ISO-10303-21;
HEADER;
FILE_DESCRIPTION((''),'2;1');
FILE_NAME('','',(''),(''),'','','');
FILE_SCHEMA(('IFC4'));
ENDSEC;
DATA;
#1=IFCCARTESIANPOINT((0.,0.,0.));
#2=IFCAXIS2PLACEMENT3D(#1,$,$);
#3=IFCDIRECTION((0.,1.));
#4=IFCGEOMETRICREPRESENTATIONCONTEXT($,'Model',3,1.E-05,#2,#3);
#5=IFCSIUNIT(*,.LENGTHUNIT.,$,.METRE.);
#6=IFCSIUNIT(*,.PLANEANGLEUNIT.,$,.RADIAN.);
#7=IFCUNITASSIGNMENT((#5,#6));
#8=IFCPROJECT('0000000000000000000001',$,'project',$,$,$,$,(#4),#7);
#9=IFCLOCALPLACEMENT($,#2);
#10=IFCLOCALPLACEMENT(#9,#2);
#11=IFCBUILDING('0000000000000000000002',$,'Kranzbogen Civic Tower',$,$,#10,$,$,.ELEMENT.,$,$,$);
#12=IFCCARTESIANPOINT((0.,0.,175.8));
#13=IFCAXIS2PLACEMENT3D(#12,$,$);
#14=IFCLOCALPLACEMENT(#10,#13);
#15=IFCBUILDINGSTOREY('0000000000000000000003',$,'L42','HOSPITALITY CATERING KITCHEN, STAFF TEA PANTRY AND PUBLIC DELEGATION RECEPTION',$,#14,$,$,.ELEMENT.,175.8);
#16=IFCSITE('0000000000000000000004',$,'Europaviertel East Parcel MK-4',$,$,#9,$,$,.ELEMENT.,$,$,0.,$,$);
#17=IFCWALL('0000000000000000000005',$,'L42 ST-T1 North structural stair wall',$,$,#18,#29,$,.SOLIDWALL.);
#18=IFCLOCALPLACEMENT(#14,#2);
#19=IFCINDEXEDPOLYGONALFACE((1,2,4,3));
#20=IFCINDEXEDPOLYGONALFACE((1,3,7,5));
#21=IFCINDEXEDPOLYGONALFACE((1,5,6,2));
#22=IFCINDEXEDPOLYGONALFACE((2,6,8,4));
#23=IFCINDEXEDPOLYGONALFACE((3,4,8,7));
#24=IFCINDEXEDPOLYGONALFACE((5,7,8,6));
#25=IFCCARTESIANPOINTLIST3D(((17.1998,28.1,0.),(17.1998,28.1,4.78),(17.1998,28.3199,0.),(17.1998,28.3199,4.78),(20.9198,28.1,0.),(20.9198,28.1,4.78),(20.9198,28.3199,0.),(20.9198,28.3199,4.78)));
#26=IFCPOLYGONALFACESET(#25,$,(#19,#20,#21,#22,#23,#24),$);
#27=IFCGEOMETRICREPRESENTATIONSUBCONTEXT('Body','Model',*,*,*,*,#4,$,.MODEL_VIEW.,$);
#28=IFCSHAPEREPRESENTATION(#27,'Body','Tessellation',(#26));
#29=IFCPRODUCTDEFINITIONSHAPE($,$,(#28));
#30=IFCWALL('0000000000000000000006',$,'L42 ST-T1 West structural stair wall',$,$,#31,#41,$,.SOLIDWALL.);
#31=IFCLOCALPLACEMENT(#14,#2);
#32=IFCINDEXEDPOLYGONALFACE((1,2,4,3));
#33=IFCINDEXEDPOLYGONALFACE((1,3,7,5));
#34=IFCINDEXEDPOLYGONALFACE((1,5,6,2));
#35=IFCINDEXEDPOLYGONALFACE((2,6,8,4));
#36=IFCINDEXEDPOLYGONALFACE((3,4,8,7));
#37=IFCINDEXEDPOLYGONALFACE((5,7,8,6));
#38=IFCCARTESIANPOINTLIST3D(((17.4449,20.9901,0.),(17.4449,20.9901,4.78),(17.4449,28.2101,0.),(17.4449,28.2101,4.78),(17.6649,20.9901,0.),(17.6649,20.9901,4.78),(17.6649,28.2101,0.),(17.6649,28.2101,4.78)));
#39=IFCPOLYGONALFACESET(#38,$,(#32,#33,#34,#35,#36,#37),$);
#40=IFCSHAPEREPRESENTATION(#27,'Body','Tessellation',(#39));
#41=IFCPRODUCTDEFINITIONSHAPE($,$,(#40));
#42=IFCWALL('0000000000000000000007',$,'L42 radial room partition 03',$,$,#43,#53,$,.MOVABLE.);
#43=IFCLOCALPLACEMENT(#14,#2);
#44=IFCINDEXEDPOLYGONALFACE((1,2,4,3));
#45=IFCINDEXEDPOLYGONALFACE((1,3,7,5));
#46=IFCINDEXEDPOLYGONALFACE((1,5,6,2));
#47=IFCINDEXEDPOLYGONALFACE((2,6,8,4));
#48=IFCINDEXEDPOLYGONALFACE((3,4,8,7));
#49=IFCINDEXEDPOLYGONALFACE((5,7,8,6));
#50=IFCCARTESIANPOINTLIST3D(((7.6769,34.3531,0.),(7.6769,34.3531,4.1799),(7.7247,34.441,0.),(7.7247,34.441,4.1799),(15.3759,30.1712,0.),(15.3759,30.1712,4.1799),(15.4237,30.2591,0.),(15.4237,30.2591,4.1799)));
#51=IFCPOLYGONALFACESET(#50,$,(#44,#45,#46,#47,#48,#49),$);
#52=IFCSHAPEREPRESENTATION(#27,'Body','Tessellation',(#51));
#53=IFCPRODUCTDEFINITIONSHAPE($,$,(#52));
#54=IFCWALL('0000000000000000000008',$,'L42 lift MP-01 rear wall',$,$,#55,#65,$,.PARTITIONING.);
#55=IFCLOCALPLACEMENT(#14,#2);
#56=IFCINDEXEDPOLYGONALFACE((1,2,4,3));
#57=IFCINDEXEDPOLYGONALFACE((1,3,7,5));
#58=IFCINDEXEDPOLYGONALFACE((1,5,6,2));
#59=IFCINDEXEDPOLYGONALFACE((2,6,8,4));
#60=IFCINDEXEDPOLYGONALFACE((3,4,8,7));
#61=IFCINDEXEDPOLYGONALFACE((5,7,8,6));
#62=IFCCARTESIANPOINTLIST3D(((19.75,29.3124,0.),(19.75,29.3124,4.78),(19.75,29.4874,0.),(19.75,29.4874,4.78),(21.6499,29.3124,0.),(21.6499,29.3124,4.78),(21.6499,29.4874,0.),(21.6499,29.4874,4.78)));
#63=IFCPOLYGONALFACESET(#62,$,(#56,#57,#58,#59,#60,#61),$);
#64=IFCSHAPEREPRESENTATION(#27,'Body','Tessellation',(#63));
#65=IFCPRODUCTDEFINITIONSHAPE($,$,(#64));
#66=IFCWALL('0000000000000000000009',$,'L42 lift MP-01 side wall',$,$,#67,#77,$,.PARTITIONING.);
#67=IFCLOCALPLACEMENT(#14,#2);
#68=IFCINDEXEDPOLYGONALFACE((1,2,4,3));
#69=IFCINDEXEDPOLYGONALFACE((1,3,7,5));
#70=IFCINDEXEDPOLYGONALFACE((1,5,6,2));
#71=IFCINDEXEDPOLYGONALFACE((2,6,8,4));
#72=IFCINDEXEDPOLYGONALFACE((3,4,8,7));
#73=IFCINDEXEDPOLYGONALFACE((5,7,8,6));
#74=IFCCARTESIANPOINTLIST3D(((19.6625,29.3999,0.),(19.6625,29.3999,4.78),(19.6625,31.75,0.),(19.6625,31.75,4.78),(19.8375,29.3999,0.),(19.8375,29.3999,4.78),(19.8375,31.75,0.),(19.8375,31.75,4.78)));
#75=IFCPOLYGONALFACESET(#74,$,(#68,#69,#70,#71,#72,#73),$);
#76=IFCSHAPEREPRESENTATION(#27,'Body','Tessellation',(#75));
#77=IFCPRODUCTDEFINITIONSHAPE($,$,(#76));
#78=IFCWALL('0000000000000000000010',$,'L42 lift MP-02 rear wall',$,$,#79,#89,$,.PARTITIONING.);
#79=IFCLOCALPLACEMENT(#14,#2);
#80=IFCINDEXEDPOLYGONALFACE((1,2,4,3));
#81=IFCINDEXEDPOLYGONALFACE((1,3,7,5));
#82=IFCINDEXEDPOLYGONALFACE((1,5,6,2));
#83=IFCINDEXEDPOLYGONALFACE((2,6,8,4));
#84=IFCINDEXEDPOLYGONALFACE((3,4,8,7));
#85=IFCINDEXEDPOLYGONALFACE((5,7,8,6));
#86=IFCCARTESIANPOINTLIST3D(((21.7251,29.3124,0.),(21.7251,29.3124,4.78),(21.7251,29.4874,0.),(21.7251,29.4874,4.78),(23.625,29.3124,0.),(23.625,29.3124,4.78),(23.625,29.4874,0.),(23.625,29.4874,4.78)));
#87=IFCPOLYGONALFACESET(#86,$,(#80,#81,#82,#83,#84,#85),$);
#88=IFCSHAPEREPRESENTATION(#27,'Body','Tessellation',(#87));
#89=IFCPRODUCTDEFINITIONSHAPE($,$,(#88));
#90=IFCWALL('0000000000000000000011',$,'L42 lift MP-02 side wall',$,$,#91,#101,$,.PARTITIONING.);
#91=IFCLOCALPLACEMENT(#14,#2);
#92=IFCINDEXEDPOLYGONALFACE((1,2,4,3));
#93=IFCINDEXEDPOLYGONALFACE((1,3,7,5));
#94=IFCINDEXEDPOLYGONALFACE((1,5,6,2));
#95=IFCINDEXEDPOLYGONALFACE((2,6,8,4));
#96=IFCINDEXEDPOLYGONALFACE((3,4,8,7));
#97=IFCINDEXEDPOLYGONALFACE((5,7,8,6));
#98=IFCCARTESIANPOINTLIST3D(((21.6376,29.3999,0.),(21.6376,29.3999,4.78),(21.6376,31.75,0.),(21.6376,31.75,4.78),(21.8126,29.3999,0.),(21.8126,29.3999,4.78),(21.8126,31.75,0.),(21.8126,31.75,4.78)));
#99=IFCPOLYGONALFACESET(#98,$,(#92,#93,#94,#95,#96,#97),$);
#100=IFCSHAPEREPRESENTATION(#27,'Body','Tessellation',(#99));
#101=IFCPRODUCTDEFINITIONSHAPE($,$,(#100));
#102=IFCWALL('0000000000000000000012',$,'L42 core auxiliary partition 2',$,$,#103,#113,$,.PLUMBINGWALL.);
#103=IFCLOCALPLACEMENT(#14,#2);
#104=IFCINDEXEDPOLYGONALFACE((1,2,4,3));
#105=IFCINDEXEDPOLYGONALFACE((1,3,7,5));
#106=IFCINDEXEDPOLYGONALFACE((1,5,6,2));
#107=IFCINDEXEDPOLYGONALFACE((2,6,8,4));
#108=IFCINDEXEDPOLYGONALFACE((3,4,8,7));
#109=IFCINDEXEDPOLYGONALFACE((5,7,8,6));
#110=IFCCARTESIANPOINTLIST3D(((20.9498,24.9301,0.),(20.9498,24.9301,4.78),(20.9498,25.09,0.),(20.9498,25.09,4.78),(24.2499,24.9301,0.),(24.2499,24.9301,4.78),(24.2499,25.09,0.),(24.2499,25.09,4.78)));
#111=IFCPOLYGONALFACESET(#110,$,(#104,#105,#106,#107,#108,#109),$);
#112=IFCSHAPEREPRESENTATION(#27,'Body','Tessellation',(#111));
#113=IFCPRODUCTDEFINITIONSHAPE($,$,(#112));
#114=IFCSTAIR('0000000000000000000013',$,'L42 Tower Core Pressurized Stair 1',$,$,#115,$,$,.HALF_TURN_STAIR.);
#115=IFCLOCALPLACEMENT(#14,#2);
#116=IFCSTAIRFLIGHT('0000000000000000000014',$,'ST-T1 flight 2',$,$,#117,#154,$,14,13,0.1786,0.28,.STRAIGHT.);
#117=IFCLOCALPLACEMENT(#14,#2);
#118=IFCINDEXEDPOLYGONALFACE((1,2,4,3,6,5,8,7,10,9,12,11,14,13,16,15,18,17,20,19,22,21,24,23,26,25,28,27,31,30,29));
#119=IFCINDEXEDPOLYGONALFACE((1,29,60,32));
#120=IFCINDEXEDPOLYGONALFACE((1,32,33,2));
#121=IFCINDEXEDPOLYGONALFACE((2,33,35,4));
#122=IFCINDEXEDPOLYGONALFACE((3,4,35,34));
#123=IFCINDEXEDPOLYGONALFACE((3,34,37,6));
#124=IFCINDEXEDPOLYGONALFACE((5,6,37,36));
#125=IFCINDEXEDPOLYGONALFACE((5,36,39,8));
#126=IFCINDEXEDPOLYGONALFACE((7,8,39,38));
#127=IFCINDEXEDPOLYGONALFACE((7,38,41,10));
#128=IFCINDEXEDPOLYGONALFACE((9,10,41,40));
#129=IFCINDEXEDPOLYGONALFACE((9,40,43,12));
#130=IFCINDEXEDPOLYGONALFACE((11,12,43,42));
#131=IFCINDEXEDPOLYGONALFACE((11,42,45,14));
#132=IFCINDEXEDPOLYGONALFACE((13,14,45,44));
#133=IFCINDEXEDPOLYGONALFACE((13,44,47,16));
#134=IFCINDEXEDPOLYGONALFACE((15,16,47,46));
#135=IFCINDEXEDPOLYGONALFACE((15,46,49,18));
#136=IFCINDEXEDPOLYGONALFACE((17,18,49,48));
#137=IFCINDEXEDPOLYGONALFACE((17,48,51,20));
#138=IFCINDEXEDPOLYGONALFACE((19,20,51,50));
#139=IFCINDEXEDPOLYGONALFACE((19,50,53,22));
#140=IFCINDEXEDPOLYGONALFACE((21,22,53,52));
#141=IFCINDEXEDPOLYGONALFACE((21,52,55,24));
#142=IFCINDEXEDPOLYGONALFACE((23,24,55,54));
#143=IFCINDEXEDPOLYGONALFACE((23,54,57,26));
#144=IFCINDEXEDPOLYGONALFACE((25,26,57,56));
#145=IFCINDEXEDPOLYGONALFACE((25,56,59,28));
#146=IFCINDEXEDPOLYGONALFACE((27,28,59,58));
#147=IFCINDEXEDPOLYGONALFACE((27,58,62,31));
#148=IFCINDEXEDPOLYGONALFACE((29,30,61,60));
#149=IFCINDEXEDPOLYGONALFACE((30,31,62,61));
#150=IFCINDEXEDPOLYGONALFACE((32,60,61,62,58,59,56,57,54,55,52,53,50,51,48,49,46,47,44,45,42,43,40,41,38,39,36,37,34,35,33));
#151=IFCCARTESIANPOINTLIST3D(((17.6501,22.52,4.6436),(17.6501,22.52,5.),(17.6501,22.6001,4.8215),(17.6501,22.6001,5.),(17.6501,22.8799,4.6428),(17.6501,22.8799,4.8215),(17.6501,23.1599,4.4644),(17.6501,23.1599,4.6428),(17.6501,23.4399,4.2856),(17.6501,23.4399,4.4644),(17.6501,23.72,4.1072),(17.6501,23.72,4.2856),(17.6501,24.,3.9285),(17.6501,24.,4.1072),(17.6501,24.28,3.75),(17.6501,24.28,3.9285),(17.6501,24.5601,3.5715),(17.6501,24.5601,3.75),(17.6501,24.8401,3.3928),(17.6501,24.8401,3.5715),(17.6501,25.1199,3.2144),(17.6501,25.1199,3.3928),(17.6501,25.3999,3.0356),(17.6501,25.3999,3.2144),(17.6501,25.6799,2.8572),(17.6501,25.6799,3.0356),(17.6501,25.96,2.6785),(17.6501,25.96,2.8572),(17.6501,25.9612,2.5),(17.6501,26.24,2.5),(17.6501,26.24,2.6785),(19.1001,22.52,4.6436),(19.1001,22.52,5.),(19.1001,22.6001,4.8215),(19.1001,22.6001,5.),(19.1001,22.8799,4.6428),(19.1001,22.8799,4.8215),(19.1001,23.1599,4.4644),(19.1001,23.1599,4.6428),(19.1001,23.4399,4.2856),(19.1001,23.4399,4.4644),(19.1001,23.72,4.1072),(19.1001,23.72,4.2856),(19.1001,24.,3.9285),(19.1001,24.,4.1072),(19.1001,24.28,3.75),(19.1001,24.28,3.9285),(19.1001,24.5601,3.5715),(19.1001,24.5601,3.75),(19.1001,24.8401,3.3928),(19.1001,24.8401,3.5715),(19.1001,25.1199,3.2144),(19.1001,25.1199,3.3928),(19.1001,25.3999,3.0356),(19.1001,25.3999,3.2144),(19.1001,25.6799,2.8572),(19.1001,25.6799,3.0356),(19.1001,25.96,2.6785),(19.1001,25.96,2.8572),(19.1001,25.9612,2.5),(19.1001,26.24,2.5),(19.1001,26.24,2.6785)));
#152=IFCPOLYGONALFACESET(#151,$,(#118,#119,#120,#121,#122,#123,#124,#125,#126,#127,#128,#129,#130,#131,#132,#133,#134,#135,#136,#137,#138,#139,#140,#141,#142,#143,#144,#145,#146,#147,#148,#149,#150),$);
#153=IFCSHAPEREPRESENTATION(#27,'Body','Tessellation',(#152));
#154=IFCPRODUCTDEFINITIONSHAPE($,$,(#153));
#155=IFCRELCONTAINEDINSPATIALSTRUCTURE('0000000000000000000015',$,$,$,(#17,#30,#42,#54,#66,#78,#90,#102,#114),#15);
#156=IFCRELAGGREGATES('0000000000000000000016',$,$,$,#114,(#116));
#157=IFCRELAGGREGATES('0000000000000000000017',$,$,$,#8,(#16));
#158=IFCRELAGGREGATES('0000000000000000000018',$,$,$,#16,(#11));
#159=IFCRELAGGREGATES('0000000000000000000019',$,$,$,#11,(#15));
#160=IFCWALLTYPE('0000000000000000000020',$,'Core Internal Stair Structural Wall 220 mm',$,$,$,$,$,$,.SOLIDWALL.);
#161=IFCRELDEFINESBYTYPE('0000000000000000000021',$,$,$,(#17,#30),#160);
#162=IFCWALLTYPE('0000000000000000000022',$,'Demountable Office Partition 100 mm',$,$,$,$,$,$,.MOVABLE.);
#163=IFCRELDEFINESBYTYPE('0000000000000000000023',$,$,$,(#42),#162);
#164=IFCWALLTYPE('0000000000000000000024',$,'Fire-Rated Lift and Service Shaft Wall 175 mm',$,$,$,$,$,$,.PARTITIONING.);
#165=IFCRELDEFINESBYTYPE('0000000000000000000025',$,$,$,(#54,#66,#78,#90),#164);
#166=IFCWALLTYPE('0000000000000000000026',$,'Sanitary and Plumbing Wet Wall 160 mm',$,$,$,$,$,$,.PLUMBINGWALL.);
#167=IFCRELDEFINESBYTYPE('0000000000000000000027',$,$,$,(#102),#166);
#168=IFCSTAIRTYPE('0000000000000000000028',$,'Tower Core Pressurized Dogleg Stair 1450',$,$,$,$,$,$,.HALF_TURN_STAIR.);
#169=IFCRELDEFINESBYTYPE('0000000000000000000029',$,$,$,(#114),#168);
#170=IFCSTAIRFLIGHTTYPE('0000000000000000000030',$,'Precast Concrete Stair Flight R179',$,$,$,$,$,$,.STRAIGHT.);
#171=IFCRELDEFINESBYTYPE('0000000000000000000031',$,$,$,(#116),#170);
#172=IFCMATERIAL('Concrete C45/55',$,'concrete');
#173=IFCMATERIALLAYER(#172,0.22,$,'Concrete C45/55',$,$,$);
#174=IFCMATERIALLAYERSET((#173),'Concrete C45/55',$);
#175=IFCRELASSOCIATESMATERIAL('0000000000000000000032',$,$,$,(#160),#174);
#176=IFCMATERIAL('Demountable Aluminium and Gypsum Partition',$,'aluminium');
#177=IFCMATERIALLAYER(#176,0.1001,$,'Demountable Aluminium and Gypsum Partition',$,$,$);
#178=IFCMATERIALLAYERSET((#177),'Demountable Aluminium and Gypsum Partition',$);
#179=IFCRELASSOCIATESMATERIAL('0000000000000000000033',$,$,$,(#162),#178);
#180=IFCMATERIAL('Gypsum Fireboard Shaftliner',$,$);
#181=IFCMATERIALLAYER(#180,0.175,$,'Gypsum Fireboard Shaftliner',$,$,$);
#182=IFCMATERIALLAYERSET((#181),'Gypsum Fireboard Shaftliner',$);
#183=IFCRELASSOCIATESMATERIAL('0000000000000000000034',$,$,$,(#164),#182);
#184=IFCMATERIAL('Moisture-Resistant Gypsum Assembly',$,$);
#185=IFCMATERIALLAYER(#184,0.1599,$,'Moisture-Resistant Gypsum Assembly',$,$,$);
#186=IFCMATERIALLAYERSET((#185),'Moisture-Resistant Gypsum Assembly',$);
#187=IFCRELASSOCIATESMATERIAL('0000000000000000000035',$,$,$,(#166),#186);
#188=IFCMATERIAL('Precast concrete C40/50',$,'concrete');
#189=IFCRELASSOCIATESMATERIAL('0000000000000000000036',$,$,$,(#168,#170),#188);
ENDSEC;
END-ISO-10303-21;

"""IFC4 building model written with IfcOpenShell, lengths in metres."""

from ifc_helpers import new_model, si_unit, direction, frame, frame_2d, origin, place, context, subcontext, project, spatial, polyline, rectangle, outline, extrude, material, layer, layer_set, type_object, element, aggregate, save


model = new_model("IFC4")

# Units and contexts
model_context = context("Model", 3, precision=1e-05, world=origin(), true_north=direction((0.0, 1.0)))
body_context = subcontext(model_context, "Body", "Model", "MODEL_VIEW")
ifc_project = project(units=[si_unit("LENGTHUNIT", "METRE"), si_unit("PLANEANGLEUNIT", "RADIAN")], contexts=[model_context])

# Site, building, storey
site_placement = place(None, origin())
site = spatial("IfcSite", under=ifc_project, at=site_placement, Name="Europaviertel East Parcel MK-4", CompositionType="ELEMENT", RefElevation=0.0)
building_placement = place(site_placement, origin())
building = spatial("IfcBuilding", under=site, at=building_placement, Name="Kranzbogen Civic Tower", CompositionType="ELEMENT")
storey_placement = place(building_placement, frame((0.0, 0.0, 175.8)))
storey = spatial("IfcBuildingStorey", under=building, at=storey_placement, Name="L42", Description="HOSPITALITY CATERING KITCHEN, STAFF TEA PANTRY AND PUBLIC DELEGATION RECEPTION", CompositionType="ELEMENT", Elevation=175.8)

# Shared definitions
ifc_material_1 = material(Name="Concrete C45/55", Category="concrete")

# Walls
ifc_layer_1 = layer(ifc_material_1, 0.22, Name="Concrete C45/55")
ifc_layer_set_1 = layer_set([ifc_layer_1], Name="Concrete C45/55")
wall_type_1 = type_object("IfcWallType", Name="Core Internal Stair Structural Wall 220 mm", PredefinedType="SOLIDWALL", material=ifc_layer_set_1)
wall_1_placement = place(storey_placement, frame((17.2, 28.21, 0.0), z_axis=(0.0, 0.0, 1.0), x_axis=(1.0, 0.0, 0.0)))
element("IfcWall", 1, at=wall_1_placement, inside=storey, type_object=wall_type_1, Name="L42 ST-T1 North structural stair wall", PredefinedType="SOLIDWALL", context=body_context, shape_type="SweptSolid", body=[
    extrude(rectangle(XDim=3.72, YDim=0.22, at=frame_2d((1.8599, 0.0))), origin(), (0.0, 0.0, 1.0), 4.78),
])
wall_2_placement = place(storey_placement, frame((17.5549, 28.21, 0.0), z_axis=(0.0, 0.0, 1.0), x_axis=(0.0, -1.0, 0.0)))
element("IfcWall", 2, at=wall_2_placement, inside=storey, type_object=wall_type_1, Name="L42 ST-T1 West structural stair wall", PredefinedType="SOLIDWALL", context=body_context, shape_type="SweptSolid", body=[
    extrude(rectangle(XDim=7.22, YDim=0.22, at=frame_2d((3.6099, 0.0))), origin(), (0.0, 0.0, 1.0), 4.78),
])
ifc_material_2 = material(Name="Demountable Aluminium and Gypsum Partition", Category="aluminium")
ifc_layer_2 = layer(ifc_material_2, 0.1001, Name="Demountable Aluminium and Gypsum Partition")
ifc_layer_set_2 = layer_set([ifc_layer_2], Name="Demountable Aluminium and Gypsum Partition")
wall_type_2 = type_object("IfcWallType", Name="Demountable Office Partition 100 mm", PredefinedType="MOVABLE", material=ifc_layer_set_2)
wall_3_placement = place(storey_placement, frame((15.3999, 30.2151, 0.0), z_axis=(0.0, 0.0, 1.0), x_axis=(-0.878737, 0.477307, 0.0)))
element("IfcWall", 3, at=wall_3_placement, inside=storey, type_object=wall_type_2, Name="L42 radial room partition 03", PredefinedType="MOVABLE", context=body_context, shape_type="SweptSolid", body=[
    extrude(rectangle(XDim=8.7615, YDim=0.1001, at=frame_2d((4.3809, 0.0))), origin(), (0.0, 0.0, 1.0), 4.1799),
])
ifc_material_3 = material(Name="Gypsum Fireboard Shaftliner")
ifc_layer_3 = layer(ifc_material_3, 0.175, Name="Gypsum Fireboard Shaftliner")
ifc_layer_set_3 = layer_set([ifc_layer_3], Name="Gypsum Fireboard Shaftliner")
wall_type_3 = type_object("IfcWallType", Name="Fire-Rated Lift and Service Shaft Wall 175 mm", PredefinedType="PARTITIONING", material=ifc_layer_set_3)
wall_4_placement = place(storey_placement, frame((19.75, 29.3999, 0.0), z_axis=(0.0, 0.0, 1.0), x_axis=(1.0, 0.0, 0.0)))
element("IfcWall", 4, at=wall_4_placement, inside=storey, type_object=wall_type_3, Name="L42 lift MP-01 rear wall", PredefinedType="PARTITIONING", context=body_context, shape_type="SweptSolid", body=[
    extrude(rectangle(XDim=1.8999, YDim=0.175, at=frame_2d((0.95, 0.0))), origin(), (0.0, 0.0, 1.0), 4.78),
])
wall_5_placement = place(storey_placement, frame((19.75, 29.3999, 0.0), z_axis=(0.0, 0.0, 1.0), x_axis=(0.0, 1.0, 0.0)))
element("IfcWall", 5, at=wall_5_placement, inside=storey, type_object=wall_type_3, Name="L42 lift MP-01 side wall", PredefinedType="PARTITIONING", context=body_context, shape_type="SweptSolid", body=[
    extrude(rectangle(XDim=2.3501, YDim=0.175, at=frame_2d((1.175, 0.0))), origin(), (0.0, 0.0, 1.0), 4.78),
])
wall_6_placement = place(storey_placement, frame((21.7251, 29.3999, 0.0), z_axis=(0.0, 0.0, 1.0), x_axis=(1.0, 0.0, 0.0)))
element("IfcWall", 6, at=wall_6_placement, inside=storey, type_object=wall_type_3, Name="L42 lift MP-02 rear wall", PredefinedType="PARTITIONING", context=body_context, shape_type="SweptSolid", body=[
    extrude(rectangle(XDim=1.8999, YDim=0.175, at=frame_2d((0.95, 0.0))), origin(), (0.0, 0.0, 1.0), 4.78),
])
wall_7_placement = place(storey_placement, frame((21.7251, 29.3999, 0.0), z_axis=(0.0, 0.0, 1.0), x_axis=(0.0, 1.0, 0.0)))
element("IfcWall", 7, at=wall_7_placement, inside=storey, type_object=wall_type_3, Name="L42 lift MP-02 side wall", PredefinedType="PARTITIONING", context=body_context, shape_type="SweptSolid", body=[
    extrude(rectangle(XDim=2.3501, YDim=0.175, at=frame_2d((1.175, 0.0))), origin(), (0.0, 0.0, 1.0), 4.78),
])
ifc_material_4 = material(Name="Moisture-Resistant Gypsum Assembly")
ifc_layer_4 = layer(ifc_material_4, 0.1599, Name="Moisture-Resistant Gypsum Assembly")
ifc_layer_set_4 = layer_set([ifc_layer_4], Name="Moisture-Resistant Gypsum Assembly")
wall_type_4 = type_object("IfcWallType", Name="Sanitary and Plumbing Wet Wall 160 mm", PredefinedType="PLUMBINGWALL", material=ifc_layer_set_4)
wall_8_placement = place(storey_placement, frame((20.95, 25.01, 0.0), z_axis=(0.0, 0.0, 1.0), x_axis=(1.0, 0.0, 0.0)))
element("IfcWall", 8, at=wall_8_placement, inside=storey, type_object=wall_type_4, Name="L42 core auxiliary partition 2", PredefinedType="PLUMBINGWALL", context=body_context, shape_type="SweptSolid", body=[
    extrude(rectangle(XDim=3.3, YDim=0.1599, at=frame_2d((1.6499, 0.0))), origin(), (0.0, 0.0, 1.0), 4.78),
])

# Stair, stair flight
ifc_material_5 = material(Name="Precast concrete C40/50", Category="concrete")
stair_type = type_object("IfcStairType", Name="Tower Core Pressurized Dogleg Stair 1450", PredefinedType="HALF_TURN_STAIR", material=ifc_material_5)
stair_placement = place(storey_placement, origin())
stair = element("IfcStair", 9, at=stair_placement, inside=storey, type_object=stair_type, Name="L42 Tower Core Pressurized Stair 1", PredefinedType="HALF_TURN_STAIR")
stair_flight_type = type_object("IfcStairFlightType", Name="Precast Concrete Stair Flight R179", PredefinedType="STRAIGHT", material=ifc_material_5)
stair_flight_placement = place(storey_placement, frame((18.375, 26.24, 2.5), z_axis=(0.0, 0.0, 1.0), x_axis=(0.0, -1.0, 0.0)))
stair_flight = element("IfcStairFlight", 10, at=stair_flight_placement, type_object=stair_flight_type, Name="ST-T1 flight 2", NumberOfRisers=14, NumberOfTreads=13, PredefinedType="STRAIGHT", RiserHeight=0.1786, TreadLength=0.28, context=body_context, shape_type="SweptSolid", body=[
    extrude(outline(polyline([(0.0, 0.0), (0.0, 0.1785), (0.28, 0.1785), (0.28, 0.3572), (0.5601, 0.3572), (0.5601, 0.5356), (0.8401, 0.5356), (0.8401, 0.7144), (1.1201, 0.7144), (1.1201, 0.8928), (1.3999, 0.8928), (1.3999, 1.0715), (1.6799, 1.0715), (1.6799, 1.25), (1.96, 1.25), (1.96, 1.4285), (2.24, 1.4285), (2.24, 1.6072), (2.52, 1.6072), (2.52, 1.7856), (2.8, 1.7856), (2.8, 1.9644), (3.0801, 1.9644), (3.0801, 2.1428), (3.3601, 2.1428), (3.3601, 2.3215), (3.6399, 2.3215), (3.6399, 2.5), (3.72, 2.5), (3.72, 2.1436), (0.2788, 0.0), (0.0, 0.0)])), frame((0.0, 0.7251, 0.0), z_axis=(0.0, -1.0, 0.0), x_axis=(1.0, 0.0, 0.0)), (0.0, 0.0, 1.0), 1.45),
])
aggregate(stair, [stair_flight])

save(model, "model.ifc")
